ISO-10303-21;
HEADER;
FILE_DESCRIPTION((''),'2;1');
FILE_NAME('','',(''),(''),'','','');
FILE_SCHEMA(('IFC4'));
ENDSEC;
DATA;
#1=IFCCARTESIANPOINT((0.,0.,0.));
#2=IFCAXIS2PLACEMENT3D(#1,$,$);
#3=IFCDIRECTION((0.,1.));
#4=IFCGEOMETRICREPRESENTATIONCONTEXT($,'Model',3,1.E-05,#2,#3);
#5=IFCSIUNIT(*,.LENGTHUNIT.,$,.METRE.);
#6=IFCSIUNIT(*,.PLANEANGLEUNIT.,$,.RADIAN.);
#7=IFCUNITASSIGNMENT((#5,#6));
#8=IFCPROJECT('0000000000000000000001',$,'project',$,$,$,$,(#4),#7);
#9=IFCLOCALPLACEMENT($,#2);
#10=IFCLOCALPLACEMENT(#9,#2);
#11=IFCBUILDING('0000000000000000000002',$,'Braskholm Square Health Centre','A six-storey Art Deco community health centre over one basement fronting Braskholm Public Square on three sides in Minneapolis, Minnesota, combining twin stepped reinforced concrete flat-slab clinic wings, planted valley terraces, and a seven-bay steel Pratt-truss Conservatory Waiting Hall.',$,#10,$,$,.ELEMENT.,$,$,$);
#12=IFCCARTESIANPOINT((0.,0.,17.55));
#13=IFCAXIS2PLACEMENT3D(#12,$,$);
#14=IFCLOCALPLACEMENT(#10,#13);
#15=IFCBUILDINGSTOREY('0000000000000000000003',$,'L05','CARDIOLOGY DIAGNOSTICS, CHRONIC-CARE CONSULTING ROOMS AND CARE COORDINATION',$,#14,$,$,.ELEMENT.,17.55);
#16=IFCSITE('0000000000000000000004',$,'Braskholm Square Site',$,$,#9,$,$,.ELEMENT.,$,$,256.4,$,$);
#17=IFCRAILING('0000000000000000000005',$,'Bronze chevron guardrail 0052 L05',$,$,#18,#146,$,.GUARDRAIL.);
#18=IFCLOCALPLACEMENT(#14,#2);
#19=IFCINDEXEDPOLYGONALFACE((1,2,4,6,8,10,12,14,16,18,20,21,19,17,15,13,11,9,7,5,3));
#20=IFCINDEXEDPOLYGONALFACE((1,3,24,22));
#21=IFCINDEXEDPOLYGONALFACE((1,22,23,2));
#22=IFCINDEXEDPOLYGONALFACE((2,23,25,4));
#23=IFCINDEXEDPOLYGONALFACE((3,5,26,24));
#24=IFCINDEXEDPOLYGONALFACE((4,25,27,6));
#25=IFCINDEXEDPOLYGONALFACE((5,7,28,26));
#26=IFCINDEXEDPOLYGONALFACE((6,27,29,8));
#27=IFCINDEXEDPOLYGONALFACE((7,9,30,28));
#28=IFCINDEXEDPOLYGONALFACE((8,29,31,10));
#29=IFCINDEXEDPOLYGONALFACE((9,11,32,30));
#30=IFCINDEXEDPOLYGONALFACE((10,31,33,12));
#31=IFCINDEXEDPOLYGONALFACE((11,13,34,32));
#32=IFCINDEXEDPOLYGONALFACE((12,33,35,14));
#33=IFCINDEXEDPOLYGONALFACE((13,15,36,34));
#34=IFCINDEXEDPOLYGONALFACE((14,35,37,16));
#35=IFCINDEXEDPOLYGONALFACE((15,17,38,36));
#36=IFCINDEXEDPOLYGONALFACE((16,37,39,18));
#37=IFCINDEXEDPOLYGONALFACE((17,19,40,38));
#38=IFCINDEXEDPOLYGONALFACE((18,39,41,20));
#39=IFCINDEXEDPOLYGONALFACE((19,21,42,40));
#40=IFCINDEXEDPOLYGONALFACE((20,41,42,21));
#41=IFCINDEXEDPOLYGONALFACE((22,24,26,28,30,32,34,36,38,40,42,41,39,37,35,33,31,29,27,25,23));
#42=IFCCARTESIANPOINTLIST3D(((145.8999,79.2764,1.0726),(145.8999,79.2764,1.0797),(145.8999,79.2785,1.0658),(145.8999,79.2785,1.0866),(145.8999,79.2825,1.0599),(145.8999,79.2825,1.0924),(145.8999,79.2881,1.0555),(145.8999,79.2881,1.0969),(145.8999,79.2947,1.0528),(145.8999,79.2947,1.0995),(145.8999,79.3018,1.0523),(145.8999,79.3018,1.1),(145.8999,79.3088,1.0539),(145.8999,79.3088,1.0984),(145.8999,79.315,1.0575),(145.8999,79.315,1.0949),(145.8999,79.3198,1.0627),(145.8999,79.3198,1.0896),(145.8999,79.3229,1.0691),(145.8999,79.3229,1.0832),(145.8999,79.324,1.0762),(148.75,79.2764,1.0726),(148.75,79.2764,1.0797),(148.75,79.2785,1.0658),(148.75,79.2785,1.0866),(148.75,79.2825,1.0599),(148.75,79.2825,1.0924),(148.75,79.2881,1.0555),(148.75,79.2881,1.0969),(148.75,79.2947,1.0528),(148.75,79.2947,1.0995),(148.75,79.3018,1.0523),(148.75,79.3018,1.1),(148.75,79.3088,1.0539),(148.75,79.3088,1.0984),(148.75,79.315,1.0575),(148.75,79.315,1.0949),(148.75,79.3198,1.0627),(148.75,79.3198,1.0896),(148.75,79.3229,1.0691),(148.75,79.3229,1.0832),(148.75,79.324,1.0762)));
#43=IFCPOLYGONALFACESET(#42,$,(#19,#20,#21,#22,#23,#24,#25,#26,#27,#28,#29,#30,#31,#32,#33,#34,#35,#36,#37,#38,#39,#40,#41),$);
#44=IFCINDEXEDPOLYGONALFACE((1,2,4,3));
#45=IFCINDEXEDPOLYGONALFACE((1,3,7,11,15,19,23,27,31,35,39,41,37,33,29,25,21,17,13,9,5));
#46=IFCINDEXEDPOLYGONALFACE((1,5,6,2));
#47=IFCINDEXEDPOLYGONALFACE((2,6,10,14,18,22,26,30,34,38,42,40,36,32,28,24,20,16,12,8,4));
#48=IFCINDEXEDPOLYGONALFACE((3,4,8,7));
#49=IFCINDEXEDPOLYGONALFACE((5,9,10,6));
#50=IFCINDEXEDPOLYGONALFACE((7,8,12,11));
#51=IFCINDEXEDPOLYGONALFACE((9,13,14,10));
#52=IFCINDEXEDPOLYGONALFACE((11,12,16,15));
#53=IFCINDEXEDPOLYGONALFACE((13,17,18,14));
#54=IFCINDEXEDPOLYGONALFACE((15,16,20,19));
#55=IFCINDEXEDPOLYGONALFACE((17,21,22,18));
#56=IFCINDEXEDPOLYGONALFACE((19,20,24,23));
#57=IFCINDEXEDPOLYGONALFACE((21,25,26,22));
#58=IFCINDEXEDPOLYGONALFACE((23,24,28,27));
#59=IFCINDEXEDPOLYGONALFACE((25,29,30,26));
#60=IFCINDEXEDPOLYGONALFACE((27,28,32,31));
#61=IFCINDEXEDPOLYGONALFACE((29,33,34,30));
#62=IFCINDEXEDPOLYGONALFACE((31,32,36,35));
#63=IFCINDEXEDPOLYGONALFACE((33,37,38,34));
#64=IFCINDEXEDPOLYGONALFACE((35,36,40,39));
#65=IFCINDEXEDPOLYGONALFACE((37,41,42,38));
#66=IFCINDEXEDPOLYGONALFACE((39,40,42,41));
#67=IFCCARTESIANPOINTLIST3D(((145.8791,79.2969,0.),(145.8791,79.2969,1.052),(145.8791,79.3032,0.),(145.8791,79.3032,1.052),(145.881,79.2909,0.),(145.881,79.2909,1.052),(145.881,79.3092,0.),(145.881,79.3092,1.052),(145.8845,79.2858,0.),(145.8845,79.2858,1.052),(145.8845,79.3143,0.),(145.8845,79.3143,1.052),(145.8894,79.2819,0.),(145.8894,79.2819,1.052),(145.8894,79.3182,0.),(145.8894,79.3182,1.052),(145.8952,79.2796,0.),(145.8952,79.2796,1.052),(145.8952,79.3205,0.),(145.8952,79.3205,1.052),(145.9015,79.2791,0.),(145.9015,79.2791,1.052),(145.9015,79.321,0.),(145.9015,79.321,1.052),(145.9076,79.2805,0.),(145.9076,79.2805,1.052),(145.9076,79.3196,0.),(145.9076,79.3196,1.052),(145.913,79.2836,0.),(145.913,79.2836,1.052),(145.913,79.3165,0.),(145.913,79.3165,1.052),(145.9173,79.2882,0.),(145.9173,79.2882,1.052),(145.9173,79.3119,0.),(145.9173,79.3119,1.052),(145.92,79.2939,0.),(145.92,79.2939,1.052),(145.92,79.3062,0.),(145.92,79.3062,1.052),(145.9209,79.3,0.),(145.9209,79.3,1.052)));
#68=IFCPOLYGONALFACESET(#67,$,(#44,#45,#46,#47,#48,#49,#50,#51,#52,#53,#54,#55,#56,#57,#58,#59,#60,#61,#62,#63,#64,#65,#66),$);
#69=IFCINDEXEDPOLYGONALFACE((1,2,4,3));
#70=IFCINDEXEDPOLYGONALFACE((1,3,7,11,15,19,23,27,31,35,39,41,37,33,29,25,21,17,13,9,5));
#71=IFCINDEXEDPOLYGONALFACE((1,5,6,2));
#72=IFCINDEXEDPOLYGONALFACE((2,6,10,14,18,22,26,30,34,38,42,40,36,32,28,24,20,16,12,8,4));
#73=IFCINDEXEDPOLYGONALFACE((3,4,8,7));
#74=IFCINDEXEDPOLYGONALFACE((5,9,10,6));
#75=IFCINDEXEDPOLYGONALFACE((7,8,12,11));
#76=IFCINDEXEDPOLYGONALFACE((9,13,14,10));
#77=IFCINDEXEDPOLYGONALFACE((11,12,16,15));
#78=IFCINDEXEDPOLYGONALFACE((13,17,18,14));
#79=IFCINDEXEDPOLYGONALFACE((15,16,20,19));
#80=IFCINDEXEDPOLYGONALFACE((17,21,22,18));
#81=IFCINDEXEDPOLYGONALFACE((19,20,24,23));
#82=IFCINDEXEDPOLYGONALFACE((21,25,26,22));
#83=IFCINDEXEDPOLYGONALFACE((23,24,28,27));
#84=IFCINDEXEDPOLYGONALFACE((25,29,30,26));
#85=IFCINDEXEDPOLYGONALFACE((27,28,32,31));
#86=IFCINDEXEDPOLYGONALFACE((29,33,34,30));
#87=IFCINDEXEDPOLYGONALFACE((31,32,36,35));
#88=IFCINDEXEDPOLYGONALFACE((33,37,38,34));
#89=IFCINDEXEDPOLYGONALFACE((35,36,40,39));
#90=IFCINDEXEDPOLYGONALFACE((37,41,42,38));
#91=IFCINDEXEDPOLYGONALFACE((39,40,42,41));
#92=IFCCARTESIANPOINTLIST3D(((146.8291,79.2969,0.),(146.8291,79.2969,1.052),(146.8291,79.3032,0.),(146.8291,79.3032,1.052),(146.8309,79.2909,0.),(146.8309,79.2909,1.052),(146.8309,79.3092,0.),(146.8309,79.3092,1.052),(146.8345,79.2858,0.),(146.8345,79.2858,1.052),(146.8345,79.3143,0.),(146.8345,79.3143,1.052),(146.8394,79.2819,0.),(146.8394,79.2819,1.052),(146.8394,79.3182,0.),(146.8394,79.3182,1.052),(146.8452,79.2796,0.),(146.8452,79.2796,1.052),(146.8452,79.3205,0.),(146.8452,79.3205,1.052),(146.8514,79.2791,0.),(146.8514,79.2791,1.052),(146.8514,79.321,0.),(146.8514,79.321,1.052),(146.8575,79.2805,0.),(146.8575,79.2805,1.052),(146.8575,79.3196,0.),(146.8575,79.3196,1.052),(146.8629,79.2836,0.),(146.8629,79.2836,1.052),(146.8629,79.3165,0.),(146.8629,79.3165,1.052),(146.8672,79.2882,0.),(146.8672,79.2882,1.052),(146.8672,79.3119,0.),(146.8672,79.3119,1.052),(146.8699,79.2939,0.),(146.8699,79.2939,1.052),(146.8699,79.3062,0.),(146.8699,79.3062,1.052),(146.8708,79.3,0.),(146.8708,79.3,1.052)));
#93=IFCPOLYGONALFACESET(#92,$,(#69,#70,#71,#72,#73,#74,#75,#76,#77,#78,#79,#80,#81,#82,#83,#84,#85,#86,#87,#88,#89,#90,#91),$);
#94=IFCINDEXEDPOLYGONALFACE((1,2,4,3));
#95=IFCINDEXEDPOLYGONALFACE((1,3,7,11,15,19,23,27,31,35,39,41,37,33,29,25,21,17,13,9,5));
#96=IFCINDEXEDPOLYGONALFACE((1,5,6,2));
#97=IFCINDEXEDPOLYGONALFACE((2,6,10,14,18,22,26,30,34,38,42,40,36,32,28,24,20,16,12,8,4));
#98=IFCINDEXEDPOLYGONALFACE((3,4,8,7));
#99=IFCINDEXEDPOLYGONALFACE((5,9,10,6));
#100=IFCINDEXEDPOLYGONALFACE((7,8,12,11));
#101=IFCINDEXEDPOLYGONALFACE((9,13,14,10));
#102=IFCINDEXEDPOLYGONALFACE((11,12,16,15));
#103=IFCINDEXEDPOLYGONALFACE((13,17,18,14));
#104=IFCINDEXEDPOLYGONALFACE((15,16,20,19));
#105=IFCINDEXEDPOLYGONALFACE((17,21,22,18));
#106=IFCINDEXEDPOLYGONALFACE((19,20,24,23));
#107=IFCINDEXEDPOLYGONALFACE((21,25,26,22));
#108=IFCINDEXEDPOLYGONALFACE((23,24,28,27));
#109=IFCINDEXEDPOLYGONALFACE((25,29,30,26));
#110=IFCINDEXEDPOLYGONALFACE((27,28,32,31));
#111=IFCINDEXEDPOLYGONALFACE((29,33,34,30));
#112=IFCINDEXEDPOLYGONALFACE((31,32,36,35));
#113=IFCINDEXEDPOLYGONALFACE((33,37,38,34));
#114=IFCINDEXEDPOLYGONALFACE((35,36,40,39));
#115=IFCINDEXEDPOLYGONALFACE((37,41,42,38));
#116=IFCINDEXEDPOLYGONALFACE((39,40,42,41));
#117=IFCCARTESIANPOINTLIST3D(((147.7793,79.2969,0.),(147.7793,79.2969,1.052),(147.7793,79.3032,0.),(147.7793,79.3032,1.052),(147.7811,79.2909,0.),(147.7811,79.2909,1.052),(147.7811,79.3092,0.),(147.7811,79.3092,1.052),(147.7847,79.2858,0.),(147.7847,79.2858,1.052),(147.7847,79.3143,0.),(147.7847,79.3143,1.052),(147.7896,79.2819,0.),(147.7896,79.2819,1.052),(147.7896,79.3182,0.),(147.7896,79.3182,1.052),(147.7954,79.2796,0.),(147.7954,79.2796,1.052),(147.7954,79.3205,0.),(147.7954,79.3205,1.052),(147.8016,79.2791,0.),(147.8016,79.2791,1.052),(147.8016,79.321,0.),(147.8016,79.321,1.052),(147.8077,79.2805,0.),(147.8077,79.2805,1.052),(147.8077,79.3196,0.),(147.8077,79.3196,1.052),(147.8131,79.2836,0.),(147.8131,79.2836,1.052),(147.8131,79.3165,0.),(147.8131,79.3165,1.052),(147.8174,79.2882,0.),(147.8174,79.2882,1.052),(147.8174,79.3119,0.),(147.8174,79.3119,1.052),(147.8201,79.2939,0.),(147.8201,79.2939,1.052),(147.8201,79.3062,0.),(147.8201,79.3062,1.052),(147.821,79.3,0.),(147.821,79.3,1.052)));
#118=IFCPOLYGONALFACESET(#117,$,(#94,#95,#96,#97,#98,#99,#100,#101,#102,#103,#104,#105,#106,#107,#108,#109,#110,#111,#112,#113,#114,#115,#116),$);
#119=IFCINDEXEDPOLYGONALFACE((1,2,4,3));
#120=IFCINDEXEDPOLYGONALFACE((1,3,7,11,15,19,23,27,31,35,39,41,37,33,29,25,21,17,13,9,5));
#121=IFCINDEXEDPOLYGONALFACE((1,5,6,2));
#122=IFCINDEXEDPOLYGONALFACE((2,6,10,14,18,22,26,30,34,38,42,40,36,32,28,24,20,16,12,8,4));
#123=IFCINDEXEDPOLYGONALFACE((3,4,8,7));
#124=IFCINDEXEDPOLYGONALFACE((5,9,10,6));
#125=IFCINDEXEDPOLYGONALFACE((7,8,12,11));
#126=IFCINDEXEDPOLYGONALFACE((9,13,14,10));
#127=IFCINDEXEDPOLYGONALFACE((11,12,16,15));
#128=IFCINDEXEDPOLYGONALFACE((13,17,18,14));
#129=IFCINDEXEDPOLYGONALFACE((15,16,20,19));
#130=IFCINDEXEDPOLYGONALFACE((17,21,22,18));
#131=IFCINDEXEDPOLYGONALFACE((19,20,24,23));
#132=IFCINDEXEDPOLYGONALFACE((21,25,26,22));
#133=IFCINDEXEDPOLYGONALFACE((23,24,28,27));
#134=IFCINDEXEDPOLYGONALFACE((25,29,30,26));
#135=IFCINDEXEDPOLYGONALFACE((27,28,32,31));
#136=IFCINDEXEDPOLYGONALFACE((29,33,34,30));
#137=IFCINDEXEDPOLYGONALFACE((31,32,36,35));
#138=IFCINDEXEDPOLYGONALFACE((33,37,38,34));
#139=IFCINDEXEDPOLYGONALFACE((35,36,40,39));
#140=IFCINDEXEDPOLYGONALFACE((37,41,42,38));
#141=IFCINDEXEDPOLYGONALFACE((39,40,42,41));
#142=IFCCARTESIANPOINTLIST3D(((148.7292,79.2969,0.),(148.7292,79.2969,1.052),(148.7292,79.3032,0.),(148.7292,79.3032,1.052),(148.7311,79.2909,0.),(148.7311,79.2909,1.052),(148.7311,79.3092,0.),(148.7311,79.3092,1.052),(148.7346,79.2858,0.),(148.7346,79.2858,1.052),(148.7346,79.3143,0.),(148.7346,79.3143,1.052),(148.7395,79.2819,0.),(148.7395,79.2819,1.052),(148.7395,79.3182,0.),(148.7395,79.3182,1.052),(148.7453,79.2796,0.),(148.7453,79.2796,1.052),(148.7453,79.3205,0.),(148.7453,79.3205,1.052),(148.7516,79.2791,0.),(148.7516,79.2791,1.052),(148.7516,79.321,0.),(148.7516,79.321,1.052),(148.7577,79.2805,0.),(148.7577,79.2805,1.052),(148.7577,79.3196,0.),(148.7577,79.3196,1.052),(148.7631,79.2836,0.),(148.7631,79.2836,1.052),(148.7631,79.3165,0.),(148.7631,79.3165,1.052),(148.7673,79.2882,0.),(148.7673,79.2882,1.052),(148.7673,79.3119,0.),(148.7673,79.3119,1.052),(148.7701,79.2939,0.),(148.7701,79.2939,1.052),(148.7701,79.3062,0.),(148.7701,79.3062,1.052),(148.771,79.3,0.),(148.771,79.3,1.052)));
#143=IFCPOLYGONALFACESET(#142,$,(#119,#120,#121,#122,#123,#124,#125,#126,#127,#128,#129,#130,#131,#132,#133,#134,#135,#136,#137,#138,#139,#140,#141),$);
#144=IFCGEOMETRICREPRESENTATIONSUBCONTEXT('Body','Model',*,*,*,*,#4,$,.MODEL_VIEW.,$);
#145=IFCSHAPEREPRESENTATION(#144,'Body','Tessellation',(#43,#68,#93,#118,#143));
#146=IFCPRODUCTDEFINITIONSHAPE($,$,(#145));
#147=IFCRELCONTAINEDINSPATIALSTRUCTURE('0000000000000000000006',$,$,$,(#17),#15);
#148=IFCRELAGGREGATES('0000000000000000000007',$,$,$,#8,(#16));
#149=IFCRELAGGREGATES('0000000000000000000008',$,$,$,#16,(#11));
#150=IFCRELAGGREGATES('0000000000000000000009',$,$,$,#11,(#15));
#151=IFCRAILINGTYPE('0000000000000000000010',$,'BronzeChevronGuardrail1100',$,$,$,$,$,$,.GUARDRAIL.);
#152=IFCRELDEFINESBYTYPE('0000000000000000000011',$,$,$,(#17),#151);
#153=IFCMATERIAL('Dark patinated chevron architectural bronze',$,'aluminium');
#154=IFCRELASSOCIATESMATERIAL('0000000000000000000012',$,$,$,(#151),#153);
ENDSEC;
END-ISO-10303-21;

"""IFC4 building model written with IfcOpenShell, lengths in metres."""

from ifc_helpers import new_model, si_unit, direction, frame, origin, origin_2d, place, context, subcontext, project, spatial, circle, extrude, material, type_object, element, save


model = new_model("IFC4")

# Units and contexts
model_context = context("Model", 3, precision=1e-05, world=origin(), true_north=direction((0.0, 1.0)))
body_context = subcontext(model_context, "Body", "Model", "MODEL_VIEW")
ifc_project = project(units=[si_unit("LENGTHUNIT", "METRE"), si_unit("PLANEANGLEUNIT", "RADIAN")], contexts=[model_context])

# Site, building, storey
site_placement = place(None, origin())
site = spatial("IfcSite", under=ifc_project, at=site_placement, Name="Braskholm Square Site", CompositionType="ELEMENT", RefElevation=256.4)
building_placement = place(site_placement, origin())
building = spatial("IfcBuilding", under=site, at=building_placement, Name="Braskholm Square Health Centre", Description="A six-storey Art Deco community health centre over one basement fronting Braskholm Public Square on three sides in Minneapolis, Minnesota, combining twin stepped reinforced concrete flat-slab clinic wings, planted valley terraces, and a seven-bay steel Pratt-truss Conservatory Waiting Hall.", CompositionType="ELEMENT")
storey_placement = place(building_placement, frame((0.0, 0.0, 17.55)))
storey = spatial("IfcBuildingStorey", under=building, at=storey_placement, Name="L05", Description="CARDIOLOGY DIAGNOSTICS, CHRONIC-CARE CONSULTING ROOMS AND CARE COORDINATION", CompositionType="ELEMENT", Elevation=17.55)

# Railing
ifc_material_1 = material(Name="Dark patinated chevron architectural bronze", Category="aluminium")
railing_type = type_object("IfcRailingType", Name="BronzeChevronGuardrail1100", PredefinedType="GUARDRAIL", material=ifc_material_1)
railing_1_placement = place(storey_placement, frame((145.8999, 79.3, 0.0)))
element("IfcRailing", 1, at=railing_1_placement, inside=storey, type_object=railing_type, Name="Bronze chevron guardrail 0052 L05", PredefinedType="GUARDRAIL", context=body_context, shape_type="SweptSolid", body=[
    extrude(circle(Radius=0.0239, at=origin_2d()), frame((0.0, 0.0, 1.0762), z_axis=(1.0, 0.0, 0.0), x_axis=(0.0, 1.0, 0.0)), (0.0, 0.0, 1.0), 2.8501),
    extrude(circle(Radius=0.021, at=origin_2d()), origin(), (0.0, 0.0, 1.0), 1.052),
    extrude(circle(Radius=0.021, at=origin_2d()), frame((0.95, 0.0, 0.0)), (0.0, 0.0, 1.0), 1.052),
    extrude(circle(Radius=0.021, at=origin_2d()), frame((1.9001, 0.0, 0.0)), (0.0, 0.0, 1.0), 1.052),
    extrude(circle(Radius=0.021, at=origin_2d()), frame((2.8501, 0.0, 0.0)), (0.0, 0.0, 1.0), 1.052),
])

save(model, "model.ifc")
